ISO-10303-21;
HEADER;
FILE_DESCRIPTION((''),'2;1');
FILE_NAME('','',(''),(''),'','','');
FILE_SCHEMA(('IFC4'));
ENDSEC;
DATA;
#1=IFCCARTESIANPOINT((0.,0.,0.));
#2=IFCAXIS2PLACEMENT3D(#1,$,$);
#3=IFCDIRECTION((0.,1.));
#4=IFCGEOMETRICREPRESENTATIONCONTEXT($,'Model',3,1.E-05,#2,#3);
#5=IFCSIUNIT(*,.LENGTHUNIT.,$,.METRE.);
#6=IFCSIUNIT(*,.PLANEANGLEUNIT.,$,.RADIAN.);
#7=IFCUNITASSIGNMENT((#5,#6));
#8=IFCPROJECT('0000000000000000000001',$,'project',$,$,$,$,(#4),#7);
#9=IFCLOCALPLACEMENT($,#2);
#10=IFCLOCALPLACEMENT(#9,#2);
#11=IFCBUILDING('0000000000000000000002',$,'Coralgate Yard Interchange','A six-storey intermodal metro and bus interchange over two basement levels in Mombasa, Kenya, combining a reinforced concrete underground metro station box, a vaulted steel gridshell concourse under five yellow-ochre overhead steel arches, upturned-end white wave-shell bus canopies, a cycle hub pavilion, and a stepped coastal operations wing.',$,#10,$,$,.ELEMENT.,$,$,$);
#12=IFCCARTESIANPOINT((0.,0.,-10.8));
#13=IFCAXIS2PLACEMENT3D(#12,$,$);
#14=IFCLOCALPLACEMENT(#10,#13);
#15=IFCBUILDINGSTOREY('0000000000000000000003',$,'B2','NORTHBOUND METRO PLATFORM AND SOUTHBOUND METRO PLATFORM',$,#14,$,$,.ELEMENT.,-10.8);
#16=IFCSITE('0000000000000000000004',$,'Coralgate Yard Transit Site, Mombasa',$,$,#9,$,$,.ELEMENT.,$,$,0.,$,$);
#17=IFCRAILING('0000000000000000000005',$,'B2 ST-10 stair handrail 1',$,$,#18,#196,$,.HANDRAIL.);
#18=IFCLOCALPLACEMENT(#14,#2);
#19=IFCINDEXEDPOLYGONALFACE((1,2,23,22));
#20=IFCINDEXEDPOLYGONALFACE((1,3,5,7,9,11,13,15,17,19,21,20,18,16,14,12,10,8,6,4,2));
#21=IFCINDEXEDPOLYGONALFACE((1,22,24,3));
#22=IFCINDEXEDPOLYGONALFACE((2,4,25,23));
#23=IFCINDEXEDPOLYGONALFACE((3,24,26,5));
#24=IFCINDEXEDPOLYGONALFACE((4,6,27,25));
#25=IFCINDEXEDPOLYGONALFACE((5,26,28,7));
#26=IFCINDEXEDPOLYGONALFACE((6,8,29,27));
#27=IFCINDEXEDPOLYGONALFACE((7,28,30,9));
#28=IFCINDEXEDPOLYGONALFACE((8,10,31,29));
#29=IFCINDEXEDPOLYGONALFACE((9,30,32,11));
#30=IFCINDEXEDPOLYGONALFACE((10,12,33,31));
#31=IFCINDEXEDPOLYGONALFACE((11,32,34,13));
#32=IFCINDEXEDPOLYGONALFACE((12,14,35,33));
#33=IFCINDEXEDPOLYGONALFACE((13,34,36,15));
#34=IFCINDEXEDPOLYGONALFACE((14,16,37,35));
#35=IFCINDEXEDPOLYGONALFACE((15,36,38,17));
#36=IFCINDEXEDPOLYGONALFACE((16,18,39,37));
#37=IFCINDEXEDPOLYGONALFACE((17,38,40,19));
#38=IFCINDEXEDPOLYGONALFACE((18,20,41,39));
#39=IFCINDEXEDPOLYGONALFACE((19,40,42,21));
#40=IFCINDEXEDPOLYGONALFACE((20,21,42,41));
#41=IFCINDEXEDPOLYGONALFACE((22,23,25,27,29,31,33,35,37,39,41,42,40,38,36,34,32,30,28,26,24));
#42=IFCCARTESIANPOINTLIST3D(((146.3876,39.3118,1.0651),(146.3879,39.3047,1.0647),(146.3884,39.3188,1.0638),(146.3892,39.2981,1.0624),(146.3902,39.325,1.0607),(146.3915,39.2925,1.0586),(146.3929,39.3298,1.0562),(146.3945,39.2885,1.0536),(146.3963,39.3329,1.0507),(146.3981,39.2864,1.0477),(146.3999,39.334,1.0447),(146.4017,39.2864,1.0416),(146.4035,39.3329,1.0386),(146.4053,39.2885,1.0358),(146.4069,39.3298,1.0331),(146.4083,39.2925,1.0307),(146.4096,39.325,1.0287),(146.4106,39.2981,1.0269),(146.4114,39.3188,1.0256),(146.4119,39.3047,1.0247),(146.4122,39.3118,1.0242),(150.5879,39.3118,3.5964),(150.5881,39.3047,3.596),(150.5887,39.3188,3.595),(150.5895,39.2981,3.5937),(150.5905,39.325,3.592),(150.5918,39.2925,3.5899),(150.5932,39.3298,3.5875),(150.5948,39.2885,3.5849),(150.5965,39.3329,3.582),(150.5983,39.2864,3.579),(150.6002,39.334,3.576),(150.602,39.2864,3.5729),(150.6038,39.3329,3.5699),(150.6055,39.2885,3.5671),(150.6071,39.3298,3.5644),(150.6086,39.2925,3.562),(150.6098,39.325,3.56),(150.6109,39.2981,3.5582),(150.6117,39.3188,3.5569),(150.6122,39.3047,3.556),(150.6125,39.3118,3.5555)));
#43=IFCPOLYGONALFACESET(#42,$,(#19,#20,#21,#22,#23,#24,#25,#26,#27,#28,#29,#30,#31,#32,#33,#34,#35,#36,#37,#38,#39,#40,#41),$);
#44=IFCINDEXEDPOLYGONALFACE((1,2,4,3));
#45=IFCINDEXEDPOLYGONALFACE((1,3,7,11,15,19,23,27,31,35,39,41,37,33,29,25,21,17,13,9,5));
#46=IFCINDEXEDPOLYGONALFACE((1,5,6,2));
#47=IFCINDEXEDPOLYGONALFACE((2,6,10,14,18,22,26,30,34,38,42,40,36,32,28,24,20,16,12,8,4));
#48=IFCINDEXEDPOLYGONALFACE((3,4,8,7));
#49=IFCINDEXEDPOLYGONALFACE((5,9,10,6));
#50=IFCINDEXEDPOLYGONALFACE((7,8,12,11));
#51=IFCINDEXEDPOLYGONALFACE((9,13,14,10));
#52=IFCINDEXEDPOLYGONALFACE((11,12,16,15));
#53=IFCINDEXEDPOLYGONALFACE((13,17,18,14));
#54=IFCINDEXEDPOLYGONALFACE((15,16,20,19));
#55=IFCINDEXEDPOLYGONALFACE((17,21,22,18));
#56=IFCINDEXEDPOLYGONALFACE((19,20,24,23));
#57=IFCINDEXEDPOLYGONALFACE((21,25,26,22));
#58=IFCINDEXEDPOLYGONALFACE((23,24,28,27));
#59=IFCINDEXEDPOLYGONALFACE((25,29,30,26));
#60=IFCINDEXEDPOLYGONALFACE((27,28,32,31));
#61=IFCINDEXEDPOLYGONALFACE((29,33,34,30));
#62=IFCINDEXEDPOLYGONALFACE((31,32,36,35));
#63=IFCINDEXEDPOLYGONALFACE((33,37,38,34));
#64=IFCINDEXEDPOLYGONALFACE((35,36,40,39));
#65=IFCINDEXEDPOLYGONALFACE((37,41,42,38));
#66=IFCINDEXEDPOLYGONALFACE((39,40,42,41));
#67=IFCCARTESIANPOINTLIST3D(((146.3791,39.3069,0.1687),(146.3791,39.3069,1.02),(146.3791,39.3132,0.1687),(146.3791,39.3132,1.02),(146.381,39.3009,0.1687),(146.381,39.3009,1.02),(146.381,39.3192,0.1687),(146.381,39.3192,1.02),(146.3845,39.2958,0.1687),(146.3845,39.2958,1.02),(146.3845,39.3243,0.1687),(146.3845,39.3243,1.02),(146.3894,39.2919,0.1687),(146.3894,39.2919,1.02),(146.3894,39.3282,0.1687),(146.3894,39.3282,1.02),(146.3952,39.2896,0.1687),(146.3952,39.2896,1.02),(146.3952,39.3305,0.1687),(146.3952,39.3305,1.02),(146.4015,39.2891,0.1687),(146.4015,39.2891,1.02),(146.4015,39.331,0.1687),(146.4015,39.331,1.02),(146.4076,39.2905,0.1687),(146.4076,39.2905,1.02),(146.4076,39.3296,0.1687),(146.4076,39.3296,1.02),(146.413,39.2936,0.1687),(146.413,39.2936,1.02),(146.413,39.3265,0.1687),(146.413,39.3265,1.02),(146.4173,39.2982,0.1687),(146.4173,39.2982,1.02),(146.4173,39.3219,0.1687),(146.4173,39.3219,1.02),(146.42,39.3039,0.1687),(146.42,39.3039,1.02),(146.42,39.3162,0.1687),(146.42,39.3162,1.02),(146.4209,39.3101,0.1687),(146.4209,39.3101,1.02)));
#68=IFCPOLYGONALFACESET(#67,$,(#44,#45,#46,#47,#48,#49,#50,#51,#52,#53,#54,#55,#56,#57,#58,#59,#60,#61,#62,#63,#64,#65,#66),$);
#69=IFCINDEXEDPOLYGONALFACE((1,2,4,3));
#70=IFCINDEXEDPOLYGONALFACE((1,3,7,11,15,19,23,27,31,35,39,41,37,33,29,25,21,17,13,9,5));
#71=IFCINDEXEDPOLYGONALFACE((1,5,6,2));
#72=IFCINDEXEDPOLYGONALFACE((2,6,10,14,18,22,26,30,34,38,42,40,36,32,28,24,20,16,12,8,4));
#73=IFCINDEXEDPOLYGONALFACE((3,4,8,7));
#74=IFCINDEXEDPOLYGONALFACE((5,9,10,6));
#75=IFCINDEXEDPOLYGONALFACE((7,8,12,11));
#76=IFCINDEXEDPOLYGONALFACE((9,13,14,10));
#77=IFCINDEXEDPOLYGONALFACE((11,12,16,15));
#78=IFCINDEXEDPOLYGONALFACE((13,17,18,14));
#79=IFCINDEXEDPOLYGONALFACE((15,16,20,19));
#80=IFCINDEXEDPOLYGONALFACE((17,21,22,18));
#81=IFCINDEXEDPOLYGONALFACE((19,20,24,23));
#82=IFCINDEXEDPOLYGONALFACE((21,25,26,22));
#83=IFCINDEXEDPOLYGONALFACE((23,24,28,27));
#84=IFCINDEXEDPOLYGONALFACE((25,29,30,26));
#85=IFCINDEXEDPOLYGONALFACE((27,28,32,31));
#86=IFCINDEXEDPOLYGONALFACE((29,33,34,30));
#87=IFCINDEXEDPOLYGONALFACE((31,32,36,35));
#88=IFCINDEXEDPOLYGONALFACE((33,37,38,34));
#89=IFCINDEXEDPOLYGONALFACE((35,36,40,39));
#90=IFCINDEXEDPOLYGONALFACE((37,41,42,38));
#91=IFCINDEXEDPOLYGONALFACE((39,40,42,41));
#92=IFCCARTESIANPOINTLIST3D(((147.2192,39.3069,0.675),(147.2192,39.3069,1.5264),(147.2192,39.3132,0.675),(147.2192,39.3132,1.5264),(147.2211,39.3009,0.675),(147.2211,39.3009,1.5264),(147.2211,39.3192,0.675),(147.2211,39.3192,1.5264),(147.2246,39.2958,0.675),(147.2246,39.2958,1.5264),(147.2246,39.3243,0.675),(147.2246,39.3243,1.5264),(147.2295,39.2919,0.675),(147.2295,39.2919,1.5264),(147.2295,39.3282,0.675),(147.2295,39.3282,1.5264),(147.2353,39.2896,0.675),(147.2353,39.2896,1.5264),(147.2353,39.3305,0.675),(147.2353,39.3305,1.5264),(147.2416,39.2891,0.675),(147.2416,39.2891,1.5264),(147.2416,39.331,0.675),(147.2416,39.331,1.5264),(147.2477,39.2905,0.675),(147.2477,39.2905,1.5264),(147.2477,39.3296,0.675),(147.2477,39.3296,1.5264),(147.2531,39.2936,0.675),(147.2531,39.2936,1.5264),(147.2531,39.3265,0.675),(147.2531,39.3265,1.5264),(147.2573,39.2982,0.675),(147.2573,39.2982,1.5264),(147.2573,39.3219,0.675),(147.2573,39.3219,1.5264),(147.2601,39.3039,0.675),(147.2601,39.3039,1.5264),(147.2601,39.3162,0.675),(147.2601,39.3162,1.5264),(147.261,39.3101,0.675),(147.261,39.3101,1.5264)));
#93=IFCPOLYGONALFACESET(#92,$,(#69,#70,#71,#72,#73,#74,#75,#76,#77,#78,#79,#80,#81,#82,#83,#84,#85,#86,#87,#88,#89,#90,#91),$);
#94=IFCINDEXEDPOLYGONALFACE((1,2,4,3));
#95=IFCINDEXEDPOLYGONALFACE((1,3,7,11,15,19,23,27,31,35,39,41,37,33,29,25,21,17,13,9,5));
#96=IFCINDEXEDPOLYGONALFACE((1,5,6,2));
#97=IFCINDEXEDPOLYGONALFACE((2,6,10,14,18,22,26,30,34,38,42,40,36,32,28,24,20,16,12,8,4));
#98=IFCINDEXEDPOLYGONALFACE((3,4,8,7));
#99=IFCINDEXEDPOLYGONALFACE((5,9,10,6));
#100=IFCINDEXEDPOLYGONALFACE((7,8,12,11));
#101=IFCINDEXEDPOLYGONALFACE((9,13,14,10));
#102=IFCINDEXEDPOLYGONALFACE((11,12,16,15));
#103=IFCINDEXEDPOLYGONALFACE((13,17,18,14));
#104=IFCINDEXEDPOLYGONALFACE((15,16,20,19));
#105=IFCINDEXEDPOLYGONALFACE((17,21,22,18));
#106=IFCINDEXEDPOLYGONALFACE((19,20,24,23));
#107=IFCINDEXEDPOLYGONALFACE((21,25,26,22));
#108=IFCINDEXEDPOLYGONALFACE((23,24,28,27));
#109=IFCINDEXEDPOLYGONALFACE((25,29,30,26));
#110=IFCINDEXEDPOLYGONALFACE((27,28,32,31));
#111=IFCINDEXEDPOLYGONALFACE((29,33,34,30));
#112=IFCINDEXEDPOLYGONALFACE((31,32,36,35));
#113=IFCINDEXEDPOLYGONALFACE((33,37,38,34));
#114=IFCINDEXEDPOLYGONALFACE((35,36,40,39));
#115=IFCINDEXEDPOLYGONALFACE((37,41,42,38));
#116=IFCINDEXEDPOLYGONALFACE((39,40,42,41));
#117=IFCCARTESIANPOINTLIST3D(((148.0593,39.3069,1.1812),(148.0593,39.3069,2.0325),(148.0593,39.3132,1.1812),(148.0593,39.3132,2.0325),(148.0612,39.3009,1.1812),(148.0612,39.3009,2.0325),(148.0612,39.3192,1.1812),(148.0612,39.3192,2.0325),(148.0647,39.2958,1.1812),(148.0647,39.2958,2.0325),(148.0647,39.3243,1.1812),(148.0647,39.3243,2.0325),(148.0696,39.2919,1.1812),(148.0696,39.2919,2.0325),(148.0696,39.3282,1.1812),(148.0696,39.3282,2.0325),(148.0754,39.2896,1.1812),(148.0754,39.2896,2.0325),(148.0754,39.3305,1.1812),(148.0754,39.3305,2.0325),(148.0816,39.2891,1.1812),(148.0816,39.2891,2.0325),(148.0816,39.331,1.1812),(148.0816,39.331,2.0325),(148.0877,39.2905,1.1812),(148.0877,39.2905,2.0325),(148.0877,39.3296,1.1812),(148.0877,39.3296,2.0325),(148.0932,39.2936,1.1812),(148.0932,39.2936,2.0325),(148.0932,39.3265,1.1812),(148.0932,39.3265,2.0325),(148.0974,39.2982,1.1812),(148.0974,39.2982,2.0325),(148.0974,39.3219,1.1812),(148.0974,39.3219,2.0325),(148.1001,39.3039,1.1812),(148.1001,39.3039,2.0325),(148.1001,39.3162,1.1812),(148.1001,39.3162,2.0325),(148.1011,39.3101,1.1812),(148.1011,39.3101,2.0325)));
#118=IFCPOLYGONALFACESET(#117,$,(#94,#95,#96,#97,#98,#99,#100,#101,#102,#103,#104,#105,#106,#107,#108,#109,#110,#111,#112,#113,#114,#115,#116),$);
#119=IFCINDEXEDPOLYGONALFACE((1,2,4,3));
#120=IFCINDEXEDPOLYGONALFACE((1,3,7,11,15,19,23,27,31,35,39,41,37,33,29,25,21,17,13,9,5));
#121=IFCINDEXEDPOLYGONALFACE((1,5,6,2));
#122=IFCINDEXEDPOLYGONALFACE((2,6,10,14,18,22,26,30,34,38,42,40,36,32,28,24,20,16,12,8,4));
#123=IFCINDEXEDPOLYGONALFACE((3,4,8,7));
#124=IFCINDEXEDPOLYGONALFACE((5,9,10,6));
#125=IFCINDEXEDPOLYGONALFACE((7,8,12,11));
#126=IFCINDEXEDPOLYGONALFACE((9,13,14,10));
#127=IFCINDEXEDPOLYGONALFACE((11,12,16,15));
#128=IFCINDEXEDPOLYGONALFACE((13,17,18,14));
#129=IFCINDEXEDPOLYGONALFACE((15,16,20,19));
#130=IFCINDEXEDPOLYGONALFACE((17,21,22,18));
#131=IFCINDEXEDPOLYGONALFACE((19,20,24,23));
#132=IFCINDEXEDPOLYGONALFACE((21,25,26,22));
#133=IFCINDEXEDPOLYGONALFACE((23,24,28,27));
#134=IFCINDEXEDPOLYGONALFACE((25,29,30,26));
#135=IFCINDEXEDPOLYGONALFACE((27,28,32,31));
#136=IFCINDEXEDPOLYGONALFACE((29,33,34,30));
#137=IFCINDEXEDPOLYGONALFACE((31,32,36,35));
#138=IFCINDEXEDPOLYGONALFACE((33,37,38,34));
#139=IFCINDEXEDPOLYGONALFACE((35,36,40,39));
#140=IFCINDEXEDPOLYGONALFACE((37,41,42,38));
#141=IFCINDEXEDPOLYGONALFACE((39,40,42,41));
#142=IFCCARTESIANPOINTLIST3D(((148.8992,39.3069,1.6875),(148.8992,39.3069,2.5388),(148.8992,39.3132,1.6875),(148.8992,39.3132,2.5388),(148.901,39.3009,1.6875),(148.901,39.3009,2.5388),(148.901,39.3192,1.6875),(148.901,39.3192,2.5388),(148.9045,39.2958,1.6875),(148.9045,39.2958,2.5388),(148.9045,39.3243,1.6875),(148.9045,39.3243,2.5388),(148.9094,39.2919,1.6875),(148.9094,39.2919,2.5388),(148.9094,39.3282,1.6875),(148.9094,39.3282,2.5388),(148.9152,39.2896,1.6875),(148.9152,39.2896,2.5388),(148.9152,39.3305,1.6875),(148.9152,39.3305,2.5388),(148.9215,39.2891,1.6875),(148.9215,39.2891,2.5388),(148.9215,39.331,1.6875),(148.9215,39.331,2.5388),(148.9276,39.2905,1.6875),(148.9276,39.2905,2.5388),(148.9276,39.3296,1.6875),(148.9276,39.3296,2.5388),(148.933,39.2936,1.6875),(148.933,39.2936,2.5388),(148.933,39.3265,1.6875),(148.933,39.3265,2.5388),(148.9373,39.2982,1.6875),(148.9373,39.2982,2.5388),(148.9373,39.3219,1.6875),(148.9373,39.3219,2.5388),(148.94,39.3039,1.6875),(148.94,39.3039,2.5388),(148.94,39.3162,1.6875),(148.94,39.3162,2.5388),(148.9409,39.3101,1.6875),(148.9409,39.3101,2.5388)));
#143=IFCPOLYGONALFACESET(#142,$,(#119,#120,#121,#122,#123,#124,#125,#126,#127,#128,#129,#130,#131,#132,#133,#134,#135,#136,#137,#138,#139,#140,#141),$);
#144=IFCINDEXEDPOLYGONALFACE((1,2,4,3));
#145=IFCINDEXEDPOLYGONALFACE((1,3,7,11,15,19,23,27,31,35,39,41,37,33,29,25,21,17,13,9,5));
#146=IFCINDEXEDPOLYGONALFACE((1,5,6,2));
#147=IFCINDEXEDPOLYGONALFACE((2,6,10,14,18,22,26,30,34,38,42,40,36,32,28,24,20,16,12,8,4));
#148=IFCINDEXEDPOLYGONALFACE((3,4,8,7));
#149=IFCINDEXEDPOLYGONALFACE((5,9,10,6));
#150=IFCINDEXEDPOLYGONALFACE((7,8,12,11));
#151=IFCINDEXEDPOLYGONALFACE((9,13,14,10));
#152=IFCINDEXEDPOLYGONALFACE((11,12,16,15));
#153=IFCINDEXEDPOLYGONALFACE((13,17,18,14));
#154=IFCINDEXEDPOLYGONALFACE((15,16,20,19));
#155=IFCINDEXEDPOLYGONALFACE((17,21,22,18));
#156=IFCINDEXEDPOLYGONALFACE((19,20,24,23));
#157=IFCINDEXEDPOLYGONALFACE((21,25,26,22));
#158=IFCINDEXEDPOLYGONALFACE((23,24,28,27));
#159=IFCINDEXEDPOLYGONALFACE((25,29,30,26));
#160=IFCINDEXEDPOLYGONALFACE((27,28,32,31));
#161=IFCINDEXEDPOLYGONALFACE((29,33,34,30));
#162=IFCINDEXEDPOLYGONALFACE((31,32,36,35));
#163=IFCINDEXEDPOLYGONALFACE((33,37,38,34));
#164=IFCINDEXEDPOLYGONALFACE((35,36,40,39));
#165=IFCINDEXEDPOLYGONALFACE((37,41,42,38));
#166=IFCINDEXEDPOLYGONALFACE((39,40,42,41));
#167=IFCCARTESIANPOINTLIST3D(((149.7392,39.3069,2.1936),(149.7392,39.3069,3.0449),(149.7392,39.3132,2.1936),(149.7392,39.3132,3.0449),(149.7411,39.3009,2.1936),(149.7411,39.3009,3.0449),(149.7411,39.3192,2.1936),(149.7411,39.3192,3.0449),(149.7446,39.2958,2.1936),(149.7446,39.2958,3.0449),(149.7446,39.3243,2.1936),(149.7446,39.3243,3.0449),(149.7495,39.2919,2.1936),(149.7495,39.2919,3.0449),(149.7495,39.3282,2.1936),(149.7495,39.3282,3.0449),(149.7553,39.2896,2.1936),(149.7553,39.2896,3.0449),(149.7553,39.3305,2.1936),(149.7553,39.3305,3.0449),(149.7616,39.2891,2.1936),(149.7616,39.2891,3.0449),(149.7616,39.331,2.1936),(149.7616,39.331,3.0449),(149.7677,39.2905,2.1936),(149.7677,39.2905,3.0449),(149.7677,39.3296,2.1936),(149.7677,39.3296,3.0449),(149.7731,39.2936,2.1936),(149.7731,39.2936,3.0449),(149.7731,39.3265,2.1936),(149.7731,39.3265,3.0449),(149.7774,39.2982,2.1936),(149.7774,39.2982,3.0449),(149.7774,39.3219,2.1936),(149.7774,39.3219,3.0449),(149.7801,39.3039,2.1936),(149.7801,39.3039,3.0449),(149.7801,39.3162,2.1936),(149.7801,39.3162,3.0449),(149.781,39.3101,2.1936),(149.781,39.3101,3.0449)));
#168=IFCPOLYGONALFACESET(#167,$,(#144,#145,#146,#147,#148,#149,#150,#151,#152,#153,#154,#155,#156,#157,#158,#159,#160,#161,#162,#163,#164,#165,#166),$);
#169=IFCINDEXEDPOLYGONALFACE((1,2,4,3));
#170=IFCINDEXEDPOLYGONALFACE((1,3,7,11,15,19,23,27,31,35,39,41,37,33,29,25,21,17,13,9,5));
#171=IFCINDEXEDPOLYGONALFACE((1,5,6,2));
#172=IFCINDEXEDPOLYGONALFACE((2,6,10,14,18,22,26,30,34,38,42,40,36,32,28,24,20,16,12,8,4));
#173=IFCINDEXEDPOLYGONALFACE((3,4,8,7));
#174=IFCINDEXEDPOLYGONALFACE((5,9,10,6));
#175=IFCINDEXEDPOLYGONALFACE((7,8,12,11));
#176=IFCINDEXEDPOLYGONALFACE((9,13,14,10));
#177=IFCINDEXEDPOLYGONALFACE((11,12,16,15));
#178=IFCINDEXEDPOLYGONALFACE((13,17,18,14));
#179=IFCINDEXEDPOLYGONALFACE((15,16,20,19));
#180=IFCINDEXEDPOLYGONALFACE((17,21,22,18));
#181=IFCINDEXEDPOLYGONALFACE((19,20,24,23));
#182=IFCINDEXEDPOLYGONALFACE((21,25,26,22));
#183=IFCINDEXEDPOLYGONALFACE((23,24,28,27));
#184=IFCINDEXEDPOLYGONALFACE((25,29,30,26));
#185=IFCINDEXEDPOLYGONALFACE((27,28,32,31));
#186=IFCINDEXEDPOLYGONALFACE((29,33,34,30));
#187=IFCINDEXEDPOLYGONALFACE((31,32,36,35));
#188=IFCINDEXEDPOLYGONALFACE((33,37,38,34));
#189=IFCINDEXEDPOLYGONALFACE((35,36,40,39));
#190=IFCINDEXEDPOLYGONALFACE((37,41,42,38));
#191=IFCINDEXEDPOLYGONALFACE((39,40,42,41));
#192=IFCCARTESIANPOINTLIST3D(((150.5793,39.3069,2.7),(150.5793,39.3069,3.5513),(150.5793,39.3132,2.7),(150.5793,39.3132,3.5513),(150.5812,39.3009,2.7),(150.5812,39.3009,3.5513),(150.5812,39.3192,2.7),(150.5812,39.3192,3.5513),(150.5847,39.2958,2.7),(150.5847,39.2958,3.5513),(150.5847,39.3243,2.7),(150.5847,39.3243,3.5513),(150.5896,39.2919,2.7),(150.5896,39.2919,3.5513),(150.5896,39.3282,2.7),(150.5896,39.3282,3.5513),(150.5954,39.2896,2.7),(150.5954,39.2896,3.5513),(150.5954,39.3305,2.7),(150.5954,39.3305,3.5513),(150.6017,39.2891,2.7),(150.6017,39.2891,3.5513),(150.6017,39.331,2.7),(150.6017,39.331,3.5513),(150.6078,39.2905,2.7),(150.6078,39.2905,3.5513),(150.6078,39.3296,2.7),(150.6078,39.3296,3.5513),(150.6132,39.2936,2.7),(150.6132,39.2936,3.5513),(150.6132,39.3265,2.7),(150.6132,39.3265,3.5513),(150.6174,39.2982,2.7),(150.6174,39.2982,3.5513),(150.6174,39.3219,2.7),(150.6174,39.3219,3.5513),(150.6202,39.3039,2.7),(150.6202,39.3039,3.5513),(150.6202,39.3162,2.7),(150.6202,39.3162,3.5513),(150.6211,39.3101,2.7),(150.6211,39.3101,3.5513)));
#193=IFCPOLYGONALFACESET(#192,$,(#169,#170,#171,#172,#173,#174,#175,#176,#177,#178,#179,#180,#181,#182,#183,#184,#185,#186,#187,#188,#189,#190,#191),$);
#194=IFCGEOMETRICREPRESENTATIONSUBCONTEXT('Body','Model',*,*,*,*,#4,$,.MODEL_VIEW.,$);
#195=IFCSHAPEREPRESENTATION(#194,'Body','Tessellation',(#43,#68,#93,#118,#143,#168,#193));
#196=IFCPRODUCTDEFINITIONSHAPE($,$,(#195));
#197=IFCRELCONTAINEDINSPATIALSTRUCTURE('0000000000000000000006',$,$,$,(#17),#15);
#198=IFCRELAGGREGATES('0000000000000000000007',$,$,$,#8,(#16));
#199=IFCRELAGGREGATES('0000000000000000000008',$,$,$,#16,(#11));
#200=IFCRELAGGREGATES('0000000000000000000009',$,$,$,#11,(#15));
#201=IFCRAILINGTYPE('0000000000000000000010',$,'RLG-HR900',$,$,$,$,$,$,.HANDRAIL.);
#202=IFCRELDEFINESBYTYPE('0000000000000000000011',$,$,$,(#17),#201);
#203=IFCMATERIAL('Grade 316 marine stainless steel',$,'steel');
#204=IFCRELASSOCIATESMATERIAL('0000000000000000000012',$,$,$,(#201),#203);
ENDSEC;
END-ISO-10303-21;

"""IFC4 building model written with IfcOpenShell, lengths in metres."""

from ifc_helpers import new_model, si_unit, direction, frame, origin, origin_2d, place, context, subcontext, project, spatial, circle, extrude, material, type_object, element, save


model = new_model("IFC4")

# Units and contexts
model_context = context("Model", 3, precision=1e-05, world=origin(), true_north=direction((0.0, 1.0)))
body_context = subcontext(model_context, "Body", "Model", "MODEL_VIEW")
ifc_project = project(units=[si_unit("LENGTHUNIT", "METRE"), si_unit("PLANEANGLEUNIT", "RADIAN")], contexts=[model_context])

# Site, building, storey
site_placement = place(None, origin())
site = spatial("IfcSite", under=ifc_project, at=site_placement, Name="Coralgate Yard Transit Site, Mombasa", CompositionType="ELEMENT", RefElevation=0.0)
building_placement = place(site_placement, origin())
building = spatial("IfcBuilding", under=site, at=building_placement, Name="Coralgate Yard Interchange", Description="A six-storey intermodal metro and bus interchange over two basement levels in Mombasa, Kenya, combining a reinforced concrete underground metro station box, a vaulted steel gridshell concourse under five yellow-ochre overhead steel arches, upturned-end white wave-shell bus canopies, a cycle hub pavilion, and a stepped coastal operations wing.", CompositionType="ELEMENT")
storey_placement = place(building_placement, frame((0.0, 0.0, -10.8)))
storey = spatial("IfcBuildingStorey", under=building, at=storey_placement, Name="B2", Description="NORTHBOUND METRO PLATFORM AND SOUTHBOUND METRO PLATFORM", CompositionType="ELEMENT", Elevation=-10.8)

# Railing
ifc_material_1 = material(Name="Grade 316 marine stainless steel", Category="steel")
railing_type_1 = type_object("IfcRailingType", Name="RLG-HR900", PredefinedType="HANDRAIL", material=ifc_material_1)
railing_1_placement = place(storey_placement, frame((146.3999, 39.3101, 0.1687)))
element("IfcRailing", 1, at=railing_1_placement, inside=storey, type_object=railing_type_1, Name="B2 ST-10 stair handrail 1", PredefinedType="HANDRAIL", context=body_context, shape_type="SweptSolid", body=[
    extrude(circle(Radius=0.0239, at=origin_2d()), frame((0.0, 0.0, 0.876), z_axis=(0.85649, 0.0, 0.516164), x_axis=(0.0, 1.0, 0.0)), (0.0, 0.0, 1.0), 4.9041),
    extrude(circle(Radius=0.021, at=origin_2d()), origin(), (0.0, 0.0, 1.0), 0.8513),
    extrude(circle(Radius=0.021, at=origin_2d()), frame((0.8401, 0.0, 0.5063)), (0.0, 0.0, 1.0), 0.8513),
    extrude(circle(Radius=0.021, at=origin_2d()), frame((1.6802, 0.0, 1.0125)), (0.0, 0.0, 1.0), 0.8513),
    extrude(circle(Radius=0.021, at=origin_2d()), frame((2.52, 0.0, 1.5188)), (0.0, 0.0, 1.0), 0.8513),
    extrude(circle(Radius=0.021, at=origin_2d()), frame((3.3601, 0.0, 2.0249)), (0.0, 0.0, 1.0), 0.8513),
    extrude(circle(Radius=0.021, at=origin_2d()), frame((4.2002, 0.0, 2.5312)), (0.0, 0.0, 1.0), 0.8513),
])

save(model, "model.ifc")
